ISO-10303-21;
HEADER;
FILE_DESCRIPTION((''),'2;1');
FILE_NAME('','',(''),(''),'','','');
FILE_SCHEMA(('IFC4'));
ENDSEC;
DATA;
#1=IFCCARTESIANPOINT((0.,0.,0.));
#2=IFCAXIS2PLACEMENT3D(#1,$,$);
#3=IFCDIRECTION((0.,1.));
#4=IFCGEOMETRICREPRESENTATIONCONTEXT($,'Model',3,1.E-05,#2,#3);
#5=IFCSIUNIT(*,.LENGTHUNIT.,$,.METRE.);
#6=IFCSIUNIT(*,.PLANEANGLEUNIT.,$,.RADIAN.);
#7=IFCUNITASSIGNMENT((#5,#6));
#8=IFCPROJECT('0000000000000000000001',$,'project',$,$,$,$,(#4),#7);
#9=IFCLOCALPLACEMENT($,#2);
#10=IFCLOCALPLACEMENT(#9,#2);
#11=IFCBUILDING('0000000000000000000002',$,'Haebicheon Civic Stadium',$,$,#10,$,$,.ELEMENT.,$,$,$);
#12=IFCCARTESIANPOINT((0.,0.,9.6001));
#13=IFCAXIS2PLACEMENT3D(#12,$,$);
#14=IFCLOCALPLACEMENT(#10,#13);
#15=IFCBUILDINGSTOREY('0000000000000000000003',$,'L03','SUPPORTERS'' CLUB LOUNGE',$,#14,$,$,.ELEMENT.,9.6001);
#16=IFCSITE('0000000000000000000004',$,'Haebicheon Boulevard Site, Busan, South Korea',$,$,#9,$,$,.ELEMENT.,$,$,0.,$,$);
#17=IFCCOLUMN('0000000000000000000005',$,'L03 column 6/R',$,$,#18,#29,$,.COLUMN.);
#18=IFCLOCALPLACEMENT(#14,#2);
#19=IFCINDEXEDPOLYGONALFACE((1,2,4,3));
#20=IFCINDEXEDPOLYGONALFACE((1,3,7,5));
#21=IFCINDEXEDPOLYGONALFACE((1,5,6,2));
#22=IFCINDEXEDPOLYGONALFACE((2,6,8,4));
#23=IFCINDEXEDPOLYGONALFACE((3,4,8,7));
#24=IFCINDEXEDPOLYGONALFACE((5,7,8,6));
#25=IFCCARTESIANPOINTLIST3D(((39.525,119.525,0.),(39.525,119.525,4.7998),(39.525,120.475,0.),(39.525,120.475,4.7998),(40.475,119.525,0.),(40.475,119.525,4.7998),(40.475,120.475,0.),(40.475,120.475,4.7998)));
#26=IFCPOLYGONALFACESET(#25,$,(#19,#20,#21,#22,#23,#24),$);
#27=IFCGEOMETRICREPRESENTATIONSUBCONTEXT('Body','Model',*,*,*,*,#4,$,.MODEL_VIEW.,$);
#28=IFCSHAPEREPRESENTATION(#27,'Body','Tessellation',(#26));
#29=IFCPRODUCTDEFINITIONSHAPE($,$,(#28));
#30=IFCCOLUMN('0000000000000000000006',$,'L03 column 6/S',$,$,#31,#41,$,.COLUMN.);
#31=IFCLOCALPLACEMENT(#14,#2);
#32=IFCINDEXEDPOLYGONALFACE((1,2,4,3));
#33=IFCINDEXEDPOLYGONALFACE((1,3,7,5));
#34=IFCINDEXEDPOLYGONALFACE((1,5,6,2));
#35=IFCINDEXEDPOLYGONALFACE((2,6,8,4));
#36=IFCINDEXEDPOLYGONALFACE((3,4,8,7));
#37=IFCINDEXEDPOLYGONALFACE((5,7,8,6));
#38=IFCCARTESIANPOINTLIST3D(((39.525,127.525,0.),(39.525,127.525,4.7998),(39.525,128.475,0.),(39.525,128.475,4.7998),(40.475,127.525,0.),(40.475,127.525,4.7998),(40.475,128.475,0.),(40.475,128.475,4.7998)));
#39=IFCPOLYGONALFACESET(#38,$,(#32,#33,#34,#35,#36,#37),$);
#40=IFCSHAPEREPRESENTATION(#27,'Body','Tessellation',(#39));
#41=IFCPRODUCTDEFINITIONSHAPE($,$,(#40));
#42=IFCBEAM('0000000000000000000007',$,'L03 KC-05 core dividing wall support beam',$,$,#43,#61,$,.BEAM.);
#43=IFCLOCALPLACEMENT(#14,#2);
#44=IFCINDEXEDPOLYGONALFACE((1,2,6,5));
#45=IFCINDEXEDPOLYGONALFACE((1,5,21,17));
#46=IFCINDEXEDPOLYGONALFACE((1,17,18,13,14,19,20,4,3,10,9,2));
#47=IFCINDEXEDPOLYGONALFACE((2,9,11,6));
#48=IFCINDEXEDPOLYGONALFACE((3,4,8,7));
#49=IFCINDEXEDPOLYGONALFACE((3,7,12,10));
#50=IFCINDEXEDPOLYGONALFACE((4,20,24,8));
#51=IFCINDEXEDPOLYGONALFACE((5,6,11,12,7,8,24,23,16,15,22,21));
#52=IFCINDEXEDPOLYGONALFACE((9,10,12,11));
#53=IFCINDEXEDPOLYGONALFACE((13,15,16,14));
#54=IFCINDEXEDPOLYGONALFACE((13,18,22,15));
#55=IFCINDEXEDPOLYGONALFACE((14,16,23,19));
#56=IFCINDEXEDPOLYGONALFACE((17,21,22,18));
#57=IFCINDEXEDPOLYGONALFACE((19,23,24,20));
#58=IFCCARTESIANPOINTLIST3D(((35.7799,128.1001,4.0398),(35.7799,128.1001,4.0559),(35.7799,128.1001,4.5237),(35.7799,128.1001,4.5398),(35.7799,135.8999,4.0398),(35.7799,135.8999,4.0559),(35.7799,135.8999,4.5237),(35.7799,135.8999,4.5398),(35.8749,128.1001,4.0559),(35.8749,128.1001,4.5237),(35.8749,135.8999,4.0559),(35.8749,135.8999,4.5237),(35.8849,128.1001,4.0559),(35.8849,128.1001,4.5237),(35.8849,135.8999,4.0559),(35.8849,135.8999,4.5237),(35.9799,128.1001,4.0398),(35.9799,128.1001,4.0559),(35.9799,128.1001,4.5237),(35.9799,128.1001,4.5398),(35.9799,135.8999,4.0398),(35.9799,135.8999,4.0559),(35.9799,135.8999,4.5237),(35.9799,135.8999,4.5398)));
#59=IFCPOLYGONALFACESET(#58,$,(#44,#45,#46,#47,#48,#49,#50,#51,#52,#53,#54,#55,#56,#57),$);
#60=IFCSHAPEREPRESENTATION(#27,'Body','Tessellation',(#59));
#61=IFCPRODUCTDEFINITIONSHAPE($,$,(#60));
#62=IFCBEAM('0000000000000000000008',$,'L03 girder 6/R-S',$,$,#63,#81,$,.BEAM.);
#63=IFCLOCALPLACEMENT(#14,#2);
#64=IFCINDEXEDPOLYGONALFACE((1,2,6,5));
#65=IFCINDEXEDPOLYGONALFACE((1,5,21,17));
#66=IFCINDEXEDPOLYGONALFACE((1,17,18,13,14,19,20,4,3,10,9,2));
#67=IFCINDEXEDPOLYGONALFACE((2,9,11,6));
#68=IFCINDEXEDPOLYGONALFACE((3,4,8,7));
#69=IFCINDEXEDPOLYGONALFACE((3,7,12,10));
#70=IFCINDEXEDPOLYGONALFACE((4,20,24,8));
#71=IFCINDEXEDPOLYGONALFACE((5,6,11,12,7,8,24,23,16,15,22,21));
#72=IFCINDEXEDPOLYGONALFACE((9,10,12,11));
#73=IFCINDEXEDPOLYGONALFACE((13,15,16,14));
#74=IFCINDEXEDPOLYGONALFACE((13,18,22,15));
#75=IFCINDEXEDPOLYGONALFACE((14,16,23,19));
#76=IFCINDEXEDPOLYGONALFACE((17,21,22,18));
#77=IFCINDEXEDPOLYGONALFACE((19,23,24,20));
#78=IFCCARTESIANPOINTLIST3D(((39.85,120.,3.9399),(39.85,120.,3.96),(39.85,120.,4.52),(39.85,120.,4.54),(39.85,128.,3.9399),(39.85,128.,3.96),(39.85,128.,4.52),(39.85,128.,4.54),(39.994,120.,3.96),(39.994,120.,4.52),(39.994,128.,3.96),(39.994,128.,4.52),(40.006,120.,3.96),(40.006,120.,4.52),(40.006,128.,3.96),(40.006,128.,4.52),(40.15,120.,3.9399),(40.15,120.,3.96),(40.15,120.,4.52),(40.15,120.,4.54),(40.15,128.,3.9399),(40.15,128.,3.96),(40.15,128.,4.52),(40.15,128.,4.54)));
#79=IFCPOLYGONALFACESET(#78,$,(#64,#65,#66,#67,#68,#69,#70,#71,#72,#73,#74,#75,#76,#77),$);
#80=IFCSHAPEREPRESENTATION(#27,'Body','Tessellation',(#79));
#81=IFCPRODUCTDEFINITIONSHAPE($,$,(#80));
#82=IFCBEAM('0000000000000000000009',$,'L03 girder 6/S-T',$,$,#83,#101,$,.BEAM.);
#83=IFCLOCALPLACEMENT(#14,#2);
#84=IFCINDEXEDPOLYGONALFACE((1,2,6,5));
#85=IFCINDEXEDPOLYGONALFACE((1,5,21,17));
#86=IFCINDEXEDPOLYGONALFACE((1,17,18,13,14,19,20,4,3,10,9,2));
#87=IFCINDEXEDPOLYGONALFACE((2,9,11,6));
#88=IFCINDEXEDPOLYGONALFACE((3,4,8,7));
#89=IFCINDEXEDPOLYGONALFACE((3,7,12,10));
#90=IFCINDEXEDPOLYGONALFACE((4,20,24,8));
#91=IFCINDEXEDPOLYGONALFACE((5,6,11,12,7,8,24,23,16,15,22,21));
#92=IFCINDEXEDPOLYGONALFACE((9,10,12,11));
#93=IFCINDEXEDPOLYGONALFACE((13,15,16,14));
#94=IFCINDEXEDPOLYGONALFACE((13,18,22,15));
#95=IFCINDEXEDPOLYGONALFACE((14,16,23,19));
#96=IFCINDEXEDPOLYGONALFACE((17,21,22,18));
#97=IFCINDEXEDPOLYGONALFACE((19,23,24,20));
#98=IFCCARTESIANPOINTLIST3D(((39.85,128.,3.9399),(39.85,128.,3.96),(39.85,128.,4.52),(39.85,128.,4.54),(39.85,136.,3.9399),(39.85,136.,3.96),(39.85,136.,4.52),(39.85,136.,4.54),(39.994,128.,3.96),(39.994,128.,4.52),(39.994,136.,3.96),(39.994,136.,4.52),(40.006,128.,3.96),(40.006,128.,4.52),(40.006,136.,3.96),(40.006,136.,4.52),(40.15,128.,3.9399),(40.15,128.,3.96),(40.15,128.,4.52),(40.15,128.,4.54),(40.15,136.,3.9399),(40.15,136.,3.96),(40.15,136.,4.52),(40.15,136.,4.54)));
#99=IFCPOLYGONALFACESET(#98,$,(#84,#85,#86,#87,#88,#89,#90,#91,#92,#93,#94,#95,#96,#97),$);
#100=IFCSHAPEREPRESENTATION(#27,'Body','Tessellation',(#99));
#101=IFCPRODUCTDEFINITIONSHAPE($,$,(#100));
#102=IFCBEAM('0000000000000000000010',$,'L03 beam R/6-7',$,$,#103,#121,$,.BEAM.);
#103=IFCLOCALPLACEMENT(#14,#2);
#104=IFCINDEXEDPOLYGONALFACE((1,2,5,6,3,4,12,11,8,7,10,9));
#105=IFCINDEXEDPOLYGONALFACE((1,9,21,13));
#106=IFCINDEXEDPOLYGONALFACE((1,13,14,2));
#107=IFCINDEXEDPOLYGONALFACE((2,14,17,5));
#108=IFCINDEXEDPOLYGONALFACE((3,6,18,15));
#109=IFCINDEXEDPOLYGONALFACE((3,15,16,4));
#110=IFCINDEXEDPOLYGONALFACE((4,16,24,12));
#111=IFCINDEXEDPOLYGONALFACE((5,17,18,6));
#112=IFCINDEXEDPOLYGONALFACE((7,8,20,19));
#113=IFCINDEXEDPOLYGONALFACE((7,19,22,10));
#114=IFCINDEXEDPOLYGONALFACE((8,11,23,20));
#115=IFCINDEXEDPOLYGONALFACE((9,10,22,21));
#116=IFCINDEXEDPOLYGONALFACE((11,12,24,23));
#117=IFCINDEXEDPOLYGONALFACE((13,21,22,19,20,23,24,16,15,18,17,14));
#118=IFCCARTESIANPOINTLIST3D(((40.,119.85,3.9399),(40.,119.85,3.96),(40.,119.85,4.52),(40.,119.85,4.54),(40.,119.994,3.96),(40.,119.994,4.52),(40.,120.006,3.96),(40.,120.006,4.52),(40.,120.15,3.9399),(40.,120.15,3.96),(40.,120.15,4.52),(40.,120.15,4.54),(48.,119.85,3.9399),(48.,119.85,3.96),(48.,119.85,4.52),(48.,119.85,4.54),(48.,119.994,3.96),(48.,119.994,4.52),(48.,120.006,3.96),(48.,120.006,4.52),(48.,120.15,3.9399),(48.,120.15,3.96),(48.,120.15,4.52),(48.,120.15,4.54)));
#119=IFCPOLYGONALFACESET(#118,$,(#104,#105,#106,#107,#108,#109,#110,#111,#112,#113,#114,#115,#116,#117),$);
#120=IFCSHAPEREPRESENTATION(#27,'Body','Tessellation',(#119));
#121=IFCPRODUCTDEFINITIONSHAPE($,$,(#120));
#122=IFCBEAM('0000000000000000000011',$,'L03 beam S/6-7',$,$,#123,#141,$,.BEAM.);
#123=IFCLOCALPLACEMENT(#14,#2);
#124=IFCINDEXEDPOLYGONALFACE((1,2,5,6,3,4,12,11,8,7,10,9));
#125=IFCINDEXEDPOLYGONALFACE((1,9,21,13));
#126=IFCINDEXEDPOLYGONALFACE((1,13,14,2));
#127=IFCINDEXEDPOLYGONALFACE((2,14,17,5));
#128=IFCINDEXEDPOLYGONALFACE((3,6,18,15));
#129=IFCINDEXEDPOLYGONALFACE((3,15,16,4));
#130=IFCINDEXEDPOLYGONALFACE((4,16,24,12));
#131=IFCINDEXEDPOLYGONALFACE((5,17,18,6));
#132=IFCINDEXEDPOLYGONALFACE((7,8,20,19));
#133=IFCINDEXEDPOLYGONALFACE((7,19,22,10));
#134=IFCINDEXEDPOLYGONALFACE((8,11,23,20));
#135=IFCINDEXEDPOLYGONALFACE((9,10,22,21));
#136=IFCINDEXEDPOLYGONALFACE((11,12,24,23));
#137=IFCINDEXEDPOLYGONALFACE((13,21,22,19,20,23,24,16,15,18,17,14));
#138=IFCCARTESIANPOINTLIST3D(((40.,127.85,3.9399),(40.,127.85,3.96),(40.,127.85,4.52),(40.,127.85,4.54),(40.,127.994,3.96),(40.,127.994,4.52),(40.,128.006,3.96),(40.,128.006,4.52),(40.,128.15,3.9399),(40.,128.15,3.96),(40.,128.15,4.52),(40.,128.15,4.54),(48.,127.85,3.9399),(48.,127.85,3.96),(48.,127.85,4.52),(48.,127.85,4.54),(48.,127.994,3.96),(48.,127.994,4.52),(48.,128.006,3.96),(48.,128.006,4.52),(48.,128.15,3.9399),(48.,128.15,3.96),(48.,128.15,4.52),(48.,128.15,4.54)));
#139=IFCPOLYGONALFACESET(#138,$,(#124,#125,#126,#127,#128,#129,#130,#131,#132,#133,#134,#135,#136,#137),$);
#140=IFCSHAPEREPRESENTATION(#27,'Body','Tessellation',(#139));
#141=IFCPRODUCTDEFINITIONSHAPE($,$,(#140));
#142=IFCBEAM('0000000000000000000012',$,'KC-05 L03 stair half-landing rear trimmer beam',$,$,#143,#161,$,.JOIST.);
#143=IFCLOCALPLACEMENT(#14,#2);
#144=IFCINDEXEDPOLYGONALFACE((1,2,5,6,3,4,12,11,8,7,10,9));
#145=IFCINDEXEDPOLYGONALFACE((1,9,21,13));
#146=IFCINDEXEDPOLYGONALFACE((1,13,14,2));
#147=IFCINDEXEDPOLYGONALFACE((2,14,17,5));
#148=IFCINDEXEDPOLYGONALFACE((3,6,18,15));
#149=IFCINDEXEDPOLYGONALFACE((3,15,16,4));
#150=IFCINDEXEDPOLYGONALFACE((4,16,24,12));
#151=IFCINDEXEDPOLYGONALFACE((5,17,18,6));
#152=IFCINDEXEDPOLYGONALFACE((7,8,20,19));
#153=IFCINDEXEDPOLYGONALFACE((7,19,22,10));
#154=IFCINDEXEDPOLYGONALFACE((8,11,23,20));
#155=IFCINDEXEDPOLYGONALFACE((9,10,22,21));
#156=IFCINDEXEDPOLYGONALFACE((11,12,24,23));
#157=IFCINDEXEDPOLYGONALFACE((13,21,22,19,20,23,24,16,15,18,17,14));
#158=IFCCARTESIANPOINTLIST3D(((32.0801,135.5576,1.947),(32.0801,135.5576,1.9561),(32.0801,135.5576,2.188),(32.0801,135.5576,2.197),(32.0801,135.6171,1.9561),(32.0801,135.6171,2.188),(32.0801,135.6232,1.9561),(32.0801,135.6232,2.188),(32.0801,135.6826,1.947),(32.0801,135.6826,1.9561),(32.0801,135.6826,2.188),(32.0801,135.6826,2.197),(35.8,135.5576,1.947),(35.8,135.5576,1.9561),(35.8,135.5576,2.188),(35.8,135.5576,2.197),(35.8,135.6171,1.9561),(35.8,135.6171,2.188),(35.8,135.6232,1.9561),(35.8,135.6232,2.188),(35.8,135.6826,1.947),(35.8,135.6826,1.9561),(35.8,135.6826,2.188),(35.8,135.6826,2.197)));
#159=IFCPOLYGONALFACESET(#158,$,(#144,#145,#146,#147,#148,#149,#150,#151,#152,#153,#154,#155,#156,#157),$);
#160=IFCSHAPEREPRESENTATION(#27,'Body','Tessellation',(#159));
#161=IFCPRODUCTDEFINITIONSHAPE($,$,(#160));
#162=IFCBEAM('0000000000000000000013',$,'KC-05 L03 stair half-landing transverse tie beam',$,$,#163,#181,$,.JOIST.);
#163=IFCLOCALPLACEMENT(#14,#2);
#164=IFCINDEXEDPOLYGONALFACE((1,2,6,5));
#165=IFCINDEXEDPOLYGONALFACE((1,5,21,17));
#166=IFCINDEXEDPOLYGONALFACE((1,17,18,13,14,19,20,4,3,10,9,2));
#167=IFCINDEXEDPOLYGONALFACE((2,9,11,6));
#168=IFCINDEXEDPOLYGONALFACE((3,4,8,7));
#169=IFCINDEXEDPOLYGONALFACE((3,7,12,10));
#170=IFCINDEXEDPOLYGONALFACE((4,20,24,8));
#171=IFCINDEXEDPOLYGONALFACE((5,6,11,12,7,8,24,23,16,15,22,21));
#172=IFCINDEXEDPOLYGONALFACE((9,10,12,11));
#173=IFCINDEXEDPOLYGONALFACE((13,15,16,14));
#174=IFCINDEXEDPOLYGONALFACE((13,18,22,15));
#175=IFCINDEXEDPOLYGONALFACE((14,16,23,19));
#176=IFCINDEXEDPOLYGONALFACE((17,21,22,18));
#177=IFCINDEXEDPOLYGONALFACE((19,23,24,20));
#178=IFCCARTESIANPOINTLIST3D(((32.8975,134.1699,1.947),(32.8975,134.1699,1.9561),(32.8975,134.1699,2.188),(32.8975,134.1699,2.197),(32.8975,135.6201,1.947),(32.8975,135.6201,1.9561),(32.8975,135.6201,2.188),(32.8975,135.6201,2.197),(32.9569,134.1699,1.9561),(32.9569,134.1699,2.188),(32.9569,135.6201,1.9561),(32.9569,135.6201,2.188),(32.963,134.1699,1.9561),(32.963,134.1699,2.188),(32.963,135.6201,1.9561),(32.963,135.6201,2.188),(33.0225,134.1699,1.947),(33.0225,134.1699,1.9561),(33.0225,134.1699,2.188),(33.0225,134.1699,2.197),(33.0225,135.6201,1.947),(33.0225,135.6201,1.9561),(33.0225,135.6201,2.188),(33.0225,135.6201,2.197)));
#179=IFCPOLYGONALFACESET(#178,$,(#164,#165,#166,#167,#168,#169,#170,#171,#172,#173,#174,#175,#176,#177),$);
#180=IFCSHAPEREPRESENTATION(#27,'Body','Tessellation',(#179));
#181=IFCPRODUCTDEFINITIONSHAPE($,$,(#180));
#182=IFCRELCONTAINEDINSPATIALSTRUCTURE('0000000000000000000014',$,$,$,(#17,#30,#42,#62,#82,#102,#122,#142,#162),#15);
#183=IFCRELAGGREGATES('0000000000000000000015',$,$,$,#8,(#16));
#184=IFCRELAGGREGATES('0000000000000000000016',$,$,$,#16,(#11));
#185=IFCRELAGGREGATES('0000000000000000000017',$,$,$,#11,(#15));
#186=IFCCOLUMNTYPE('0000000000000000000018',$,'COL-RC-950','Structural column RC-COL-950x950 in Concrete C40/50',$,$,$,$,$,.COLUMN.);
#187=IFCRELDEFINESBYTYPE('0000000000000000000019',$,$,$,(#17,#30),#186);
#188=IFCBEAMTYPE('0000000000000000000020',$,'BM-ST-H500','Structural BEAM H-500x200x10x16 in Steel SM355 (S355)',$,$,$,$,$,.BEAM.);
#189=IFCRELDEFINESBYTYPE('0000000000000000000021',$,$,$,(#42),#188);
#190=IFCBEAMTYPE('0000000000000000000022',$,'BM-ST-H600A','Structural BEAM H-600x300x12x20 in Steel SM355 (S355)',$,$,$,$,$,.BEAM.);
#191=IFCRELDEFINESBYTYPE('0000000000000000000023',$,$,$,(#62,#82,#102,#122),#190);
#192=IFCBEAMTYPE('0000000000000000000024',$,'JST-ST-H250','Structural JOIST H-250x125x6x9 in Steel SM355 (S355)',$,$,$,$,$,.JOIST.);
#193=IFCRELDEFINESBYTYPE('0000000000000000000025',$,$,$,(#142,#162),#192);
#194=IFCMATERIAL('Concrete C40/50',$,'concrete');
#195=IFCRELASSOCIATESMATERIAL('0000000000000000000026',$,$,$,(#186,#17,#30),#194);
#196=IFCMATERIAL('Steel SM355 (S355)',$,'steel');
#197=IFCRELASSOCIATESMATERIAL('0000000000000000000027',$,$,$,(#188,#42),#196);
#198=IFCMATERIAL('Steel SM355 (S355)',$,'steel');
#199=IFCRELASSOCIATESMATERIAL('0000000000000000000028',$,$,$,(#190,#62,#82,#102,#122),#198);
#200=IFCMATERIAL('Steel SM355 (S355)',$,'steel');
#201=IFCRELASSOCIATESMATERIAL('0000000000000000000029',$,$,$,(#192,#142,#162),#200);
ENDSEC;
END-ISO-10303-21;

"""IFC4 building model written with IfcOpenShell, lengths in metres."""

from ifc_helpers import new_model, si_unit, direction, frame, origin, origin_2d, place, context, subcontext, project, spatial, rectangle, i_section, extrude, material, material_profile, profile_set, type_object, element, save


model = new_model("IFC4")

# Units and contexts
model_context = context("Model", 3, precision=1e-05, world=origin(), true_north=direction((0.0, 1.0)))
body_context = subcontext(model_context, "Body", "Model", "MODEL_VIEW")
ifc_project = project(units=[si_unit("LENGTHUNIT", "METRE"), si_unit("PLANEANGLEUNIT", "RADIAN")], contexts=[model_context])

# Site, building, storey
site_placement = place(None, origin())
site = spatial("IfcSite", under=ifc_project, at=site_placement, Name="Haebicheon Boulevard Site, Busan, South Korea", CompositionType="ELEMENT", RefElevation=0.0)
building_placement = place(site_placement, origin())
building = spatial("IfcBuilding", under=site, at=building_placement, Name="Haebicheon Civic Stadium", CompositionType="ELEMENT")
storey_placement = place(building_placement, frame((0.0, 0.0, 9.6001)))
storey = spatial("IfcBuildingStorey", under=building, at=storey_placement, Name="L03", Description="SUPPORTERS' CLUB LOUNGE", CompositionType="ELEMENT", Elevation=9.6001)

# Columns
ifc_material_1 = material(Name="Concrete C40/50", Category="concrete")
ifc_material_profile_1 = material_profile(ifc_material_1, rectangle(XDim=0.95, YDim=0.95, at=origin_2d()), Name="RC-COL-950x950")
ifc_profile_set_1 = profile_set([ifc_material_profile_1], Name="Concrete C40/50")
column_type = type_object("IfcColumnType", Name="COL-RC-950", Description="Structural column RC-COL-950x950 in Concrete C40/50", PredefinedType="COLUMN", material=ifc_profile_set_1)
for number, where, z_axis, x_axis, name in (
    (1, (40.0, 120.0, 0.0), (0.0, 0.0, 1.0), (1.0, 0.0, 0.0), "L03 column 6/R"),
    (2, (40.0, 128.0, 0.0), (0.0, 0.0, 1.0), (1.0, 0.0, 0.0), "L03 column 6/S"),
):
    element("IfcColumn", number, at=place(storey_placement, frame(where, z_axis=z_axis, x_axis=x_axis)), inside=storey, type_object=column_type, material=ifc_profile_set_1, Name=name, PredefinedType="COLUMN", context=body_context, shape_type="SweptSolid", body=[
        extrude(rectangle(XDim=0.95, YDim=0.95, at=origin_2d()), origin(), (0.0, 0.0, 1.0), 4.7998),
    ])

# Beams
ifc_material_2 = material(Name="Steel SM355 (S355)", Category="steel")
ifc_material_profile_2 = material_profile(ifc_material_2, i_section(OverallWidth=0.2, OverallDepth=0.5, WebThickness=0.01, FlangeThickness=0.0161, at=origin_2d()), Name="H-500x200x10x16")
ifc_profile_set_2 = profile_set([ifc_material_profile_2], Name="Steel SM355 (S355)")
beam_type_1 = type_object("IfcBeamType", Name="BM-ST-H500", Description="Structural BEAM H-500x200x10x16 in Steel SM355 (S355)", PredefinedType="BEAM", material=ifc_profile_set_2)
beam_1_placement = place(storey_placement, frame((35.8799, 128.1001, 4.2898), z_axis=(0.0, 1.0, 0.0), x_axis=(-1.0, 0.0, 0.0)))
element("IfcBeam", 3, at=beam_1_placement, inside=storey, type_object=beam_type_1, material=ifc_profile_set_2, Name="L03 KC-05 core dividing wall support beam", PredefinedType="BEAM", context=body_context, shape_type="SweptSolid", body=[
    extrude(i_section(OverallWidth=0.2, OverallDepth=0.5, WebThickness=0.01, FlangeThickness=0.0161, at=origin_2d()), origin(), (0.0, 0.0, 1.0), 7.7998),
])
ifc_material_3 = material(Name="Steel SM355 (S355)", Category="steel")
ifc_material_profile_3 = material_profile(ifc_material_3, i_section(OverallWidth=0.3, OverallDepth=0.6001, WebThickness=0.012, FlangeThickness=0.02, at=origin_2d()), Name="H-600x300x12x20")
ifc_profile_set_3 = profile_set([ifc_material_profile_3], Name="Steel SM355 (S355)")
beam_type_2 = type_object("IfcBeamType", Name="BM-ST-H600A", Description="Structural BEAM H-600x300x12x20 in Steel SM355 (S355)", PredefinedType="BEAM", material=ifc_profile_set_3)
for number, where, z_axis, x_axis, name in (
    (4, (40.0, 120.0, 4.24), (0.0, 1.0, 0.0), (-1.0, 0.0, 0.0), "L03 girder 6/R-S"),
    (5, (40.0, 128.0, 4.24), (0.0, 1.0, 0.0), (-1.0, 0.0, 0.0), "L03 girder 6/S-T"),
    (6, (40.0, 120.0, 4.24), (1.0, 0.0, 0.0), (0.0, 1.0, 0.0), "L03 beam R/6-7"),
    (7, (40.0, 128.0, 4.24), (1.0, 0.0, 0.0), (0.0, 1.0, 0.0), "L03 beam S/6-7"),
):
    element("IfcBeam", number, at=place(storey_placement, frame(where, z_axis=z_axis, x_axis=x_axis)), inside=storey, type_object=beam_type_2, material=ifc_profile_set_3, Name=name, PredefinedType="BEAM", context=body_context, shape_type="SweptSolid", body=[
        extrude(i_section(OverallWidth=0.3, OverallDepth=0.6001, WebThickness=0.012, FlangeThickness=0.02, at=origin_2d()), origin(), (0.0, 0.0, 1.0), 8.0),
    ])
ifc_material_4 = material(Name="Steel SM355 (S355)", Category="steel")
ifc_material_profile_4 = material_profile(ifc_material_4, i_section(OverallWidth=0.125, OverallDepth=0.25, WebThickness=0.0061, FlangeThickness=0.009, at=origin_2d()), Name="H-250x125x6x9")
ifc_profile_set_4 = profile_set([ifc_material_profile_4], Name="Steel SM355 (S355)")
beam_type_3 = type_object("IfcBeamType", Name="JST-ST-H250", Description="Structural JOIST H-250x125x6x9 in Steel SM355 (S355)", PredefinedType="JOIST", material=ifc_profile_set_4)
beam_2_placement = place(storey_placement, frame((32.0801, 135.6201, 2.072), z_axis=(1.0, 0.0, 0.0), x_axis=(0.0, 1.0, 0.0)))
element("IfcBeam", 8, at=beam_2_placement, inside=storey, type_object=beam_type_3, material=ifc_profile_set_4, Name="KC-05 L03 stair half-landing rear trimmer beam", PredefinedType="JOIST", context=body_context, shape_type="SweptSolid", body=[
    extrude(i_section(OverallWidth=0.125, OverallDepth=0.25, WebThickness=0.0061, FlangeThickness=0.009, at=origin_2d()), origin(), (0.0, 0.0, 1.0), 3.72),
])
beam_3_placement = place(storey_placement, frame((32.96, 134.1699, 2.072), z_axis=(0.0, 1.0, 0.0), x_axis=(-1.0, 0.0, 0.0)))
element("IfcBeam", 9, at=beam_3_placement, inside=storey, type_object=beam_type_3, material=ifc_profile_set_4, Name="KC-05 L03 stair half-landing transverse tie beam", PredefinedType="JOIST", context=body_context, shape_type="SweptSolid", body=[
    extrude(i_section(OverallWidth=0.125, OverallDepth=0.25, WebThickness=0.0061, FlangeThickness=0.009, at=origin_2d()), origin(), (0.0, 0.0, 1.0), 1.4502),
])

save(model, "model.ifc")
